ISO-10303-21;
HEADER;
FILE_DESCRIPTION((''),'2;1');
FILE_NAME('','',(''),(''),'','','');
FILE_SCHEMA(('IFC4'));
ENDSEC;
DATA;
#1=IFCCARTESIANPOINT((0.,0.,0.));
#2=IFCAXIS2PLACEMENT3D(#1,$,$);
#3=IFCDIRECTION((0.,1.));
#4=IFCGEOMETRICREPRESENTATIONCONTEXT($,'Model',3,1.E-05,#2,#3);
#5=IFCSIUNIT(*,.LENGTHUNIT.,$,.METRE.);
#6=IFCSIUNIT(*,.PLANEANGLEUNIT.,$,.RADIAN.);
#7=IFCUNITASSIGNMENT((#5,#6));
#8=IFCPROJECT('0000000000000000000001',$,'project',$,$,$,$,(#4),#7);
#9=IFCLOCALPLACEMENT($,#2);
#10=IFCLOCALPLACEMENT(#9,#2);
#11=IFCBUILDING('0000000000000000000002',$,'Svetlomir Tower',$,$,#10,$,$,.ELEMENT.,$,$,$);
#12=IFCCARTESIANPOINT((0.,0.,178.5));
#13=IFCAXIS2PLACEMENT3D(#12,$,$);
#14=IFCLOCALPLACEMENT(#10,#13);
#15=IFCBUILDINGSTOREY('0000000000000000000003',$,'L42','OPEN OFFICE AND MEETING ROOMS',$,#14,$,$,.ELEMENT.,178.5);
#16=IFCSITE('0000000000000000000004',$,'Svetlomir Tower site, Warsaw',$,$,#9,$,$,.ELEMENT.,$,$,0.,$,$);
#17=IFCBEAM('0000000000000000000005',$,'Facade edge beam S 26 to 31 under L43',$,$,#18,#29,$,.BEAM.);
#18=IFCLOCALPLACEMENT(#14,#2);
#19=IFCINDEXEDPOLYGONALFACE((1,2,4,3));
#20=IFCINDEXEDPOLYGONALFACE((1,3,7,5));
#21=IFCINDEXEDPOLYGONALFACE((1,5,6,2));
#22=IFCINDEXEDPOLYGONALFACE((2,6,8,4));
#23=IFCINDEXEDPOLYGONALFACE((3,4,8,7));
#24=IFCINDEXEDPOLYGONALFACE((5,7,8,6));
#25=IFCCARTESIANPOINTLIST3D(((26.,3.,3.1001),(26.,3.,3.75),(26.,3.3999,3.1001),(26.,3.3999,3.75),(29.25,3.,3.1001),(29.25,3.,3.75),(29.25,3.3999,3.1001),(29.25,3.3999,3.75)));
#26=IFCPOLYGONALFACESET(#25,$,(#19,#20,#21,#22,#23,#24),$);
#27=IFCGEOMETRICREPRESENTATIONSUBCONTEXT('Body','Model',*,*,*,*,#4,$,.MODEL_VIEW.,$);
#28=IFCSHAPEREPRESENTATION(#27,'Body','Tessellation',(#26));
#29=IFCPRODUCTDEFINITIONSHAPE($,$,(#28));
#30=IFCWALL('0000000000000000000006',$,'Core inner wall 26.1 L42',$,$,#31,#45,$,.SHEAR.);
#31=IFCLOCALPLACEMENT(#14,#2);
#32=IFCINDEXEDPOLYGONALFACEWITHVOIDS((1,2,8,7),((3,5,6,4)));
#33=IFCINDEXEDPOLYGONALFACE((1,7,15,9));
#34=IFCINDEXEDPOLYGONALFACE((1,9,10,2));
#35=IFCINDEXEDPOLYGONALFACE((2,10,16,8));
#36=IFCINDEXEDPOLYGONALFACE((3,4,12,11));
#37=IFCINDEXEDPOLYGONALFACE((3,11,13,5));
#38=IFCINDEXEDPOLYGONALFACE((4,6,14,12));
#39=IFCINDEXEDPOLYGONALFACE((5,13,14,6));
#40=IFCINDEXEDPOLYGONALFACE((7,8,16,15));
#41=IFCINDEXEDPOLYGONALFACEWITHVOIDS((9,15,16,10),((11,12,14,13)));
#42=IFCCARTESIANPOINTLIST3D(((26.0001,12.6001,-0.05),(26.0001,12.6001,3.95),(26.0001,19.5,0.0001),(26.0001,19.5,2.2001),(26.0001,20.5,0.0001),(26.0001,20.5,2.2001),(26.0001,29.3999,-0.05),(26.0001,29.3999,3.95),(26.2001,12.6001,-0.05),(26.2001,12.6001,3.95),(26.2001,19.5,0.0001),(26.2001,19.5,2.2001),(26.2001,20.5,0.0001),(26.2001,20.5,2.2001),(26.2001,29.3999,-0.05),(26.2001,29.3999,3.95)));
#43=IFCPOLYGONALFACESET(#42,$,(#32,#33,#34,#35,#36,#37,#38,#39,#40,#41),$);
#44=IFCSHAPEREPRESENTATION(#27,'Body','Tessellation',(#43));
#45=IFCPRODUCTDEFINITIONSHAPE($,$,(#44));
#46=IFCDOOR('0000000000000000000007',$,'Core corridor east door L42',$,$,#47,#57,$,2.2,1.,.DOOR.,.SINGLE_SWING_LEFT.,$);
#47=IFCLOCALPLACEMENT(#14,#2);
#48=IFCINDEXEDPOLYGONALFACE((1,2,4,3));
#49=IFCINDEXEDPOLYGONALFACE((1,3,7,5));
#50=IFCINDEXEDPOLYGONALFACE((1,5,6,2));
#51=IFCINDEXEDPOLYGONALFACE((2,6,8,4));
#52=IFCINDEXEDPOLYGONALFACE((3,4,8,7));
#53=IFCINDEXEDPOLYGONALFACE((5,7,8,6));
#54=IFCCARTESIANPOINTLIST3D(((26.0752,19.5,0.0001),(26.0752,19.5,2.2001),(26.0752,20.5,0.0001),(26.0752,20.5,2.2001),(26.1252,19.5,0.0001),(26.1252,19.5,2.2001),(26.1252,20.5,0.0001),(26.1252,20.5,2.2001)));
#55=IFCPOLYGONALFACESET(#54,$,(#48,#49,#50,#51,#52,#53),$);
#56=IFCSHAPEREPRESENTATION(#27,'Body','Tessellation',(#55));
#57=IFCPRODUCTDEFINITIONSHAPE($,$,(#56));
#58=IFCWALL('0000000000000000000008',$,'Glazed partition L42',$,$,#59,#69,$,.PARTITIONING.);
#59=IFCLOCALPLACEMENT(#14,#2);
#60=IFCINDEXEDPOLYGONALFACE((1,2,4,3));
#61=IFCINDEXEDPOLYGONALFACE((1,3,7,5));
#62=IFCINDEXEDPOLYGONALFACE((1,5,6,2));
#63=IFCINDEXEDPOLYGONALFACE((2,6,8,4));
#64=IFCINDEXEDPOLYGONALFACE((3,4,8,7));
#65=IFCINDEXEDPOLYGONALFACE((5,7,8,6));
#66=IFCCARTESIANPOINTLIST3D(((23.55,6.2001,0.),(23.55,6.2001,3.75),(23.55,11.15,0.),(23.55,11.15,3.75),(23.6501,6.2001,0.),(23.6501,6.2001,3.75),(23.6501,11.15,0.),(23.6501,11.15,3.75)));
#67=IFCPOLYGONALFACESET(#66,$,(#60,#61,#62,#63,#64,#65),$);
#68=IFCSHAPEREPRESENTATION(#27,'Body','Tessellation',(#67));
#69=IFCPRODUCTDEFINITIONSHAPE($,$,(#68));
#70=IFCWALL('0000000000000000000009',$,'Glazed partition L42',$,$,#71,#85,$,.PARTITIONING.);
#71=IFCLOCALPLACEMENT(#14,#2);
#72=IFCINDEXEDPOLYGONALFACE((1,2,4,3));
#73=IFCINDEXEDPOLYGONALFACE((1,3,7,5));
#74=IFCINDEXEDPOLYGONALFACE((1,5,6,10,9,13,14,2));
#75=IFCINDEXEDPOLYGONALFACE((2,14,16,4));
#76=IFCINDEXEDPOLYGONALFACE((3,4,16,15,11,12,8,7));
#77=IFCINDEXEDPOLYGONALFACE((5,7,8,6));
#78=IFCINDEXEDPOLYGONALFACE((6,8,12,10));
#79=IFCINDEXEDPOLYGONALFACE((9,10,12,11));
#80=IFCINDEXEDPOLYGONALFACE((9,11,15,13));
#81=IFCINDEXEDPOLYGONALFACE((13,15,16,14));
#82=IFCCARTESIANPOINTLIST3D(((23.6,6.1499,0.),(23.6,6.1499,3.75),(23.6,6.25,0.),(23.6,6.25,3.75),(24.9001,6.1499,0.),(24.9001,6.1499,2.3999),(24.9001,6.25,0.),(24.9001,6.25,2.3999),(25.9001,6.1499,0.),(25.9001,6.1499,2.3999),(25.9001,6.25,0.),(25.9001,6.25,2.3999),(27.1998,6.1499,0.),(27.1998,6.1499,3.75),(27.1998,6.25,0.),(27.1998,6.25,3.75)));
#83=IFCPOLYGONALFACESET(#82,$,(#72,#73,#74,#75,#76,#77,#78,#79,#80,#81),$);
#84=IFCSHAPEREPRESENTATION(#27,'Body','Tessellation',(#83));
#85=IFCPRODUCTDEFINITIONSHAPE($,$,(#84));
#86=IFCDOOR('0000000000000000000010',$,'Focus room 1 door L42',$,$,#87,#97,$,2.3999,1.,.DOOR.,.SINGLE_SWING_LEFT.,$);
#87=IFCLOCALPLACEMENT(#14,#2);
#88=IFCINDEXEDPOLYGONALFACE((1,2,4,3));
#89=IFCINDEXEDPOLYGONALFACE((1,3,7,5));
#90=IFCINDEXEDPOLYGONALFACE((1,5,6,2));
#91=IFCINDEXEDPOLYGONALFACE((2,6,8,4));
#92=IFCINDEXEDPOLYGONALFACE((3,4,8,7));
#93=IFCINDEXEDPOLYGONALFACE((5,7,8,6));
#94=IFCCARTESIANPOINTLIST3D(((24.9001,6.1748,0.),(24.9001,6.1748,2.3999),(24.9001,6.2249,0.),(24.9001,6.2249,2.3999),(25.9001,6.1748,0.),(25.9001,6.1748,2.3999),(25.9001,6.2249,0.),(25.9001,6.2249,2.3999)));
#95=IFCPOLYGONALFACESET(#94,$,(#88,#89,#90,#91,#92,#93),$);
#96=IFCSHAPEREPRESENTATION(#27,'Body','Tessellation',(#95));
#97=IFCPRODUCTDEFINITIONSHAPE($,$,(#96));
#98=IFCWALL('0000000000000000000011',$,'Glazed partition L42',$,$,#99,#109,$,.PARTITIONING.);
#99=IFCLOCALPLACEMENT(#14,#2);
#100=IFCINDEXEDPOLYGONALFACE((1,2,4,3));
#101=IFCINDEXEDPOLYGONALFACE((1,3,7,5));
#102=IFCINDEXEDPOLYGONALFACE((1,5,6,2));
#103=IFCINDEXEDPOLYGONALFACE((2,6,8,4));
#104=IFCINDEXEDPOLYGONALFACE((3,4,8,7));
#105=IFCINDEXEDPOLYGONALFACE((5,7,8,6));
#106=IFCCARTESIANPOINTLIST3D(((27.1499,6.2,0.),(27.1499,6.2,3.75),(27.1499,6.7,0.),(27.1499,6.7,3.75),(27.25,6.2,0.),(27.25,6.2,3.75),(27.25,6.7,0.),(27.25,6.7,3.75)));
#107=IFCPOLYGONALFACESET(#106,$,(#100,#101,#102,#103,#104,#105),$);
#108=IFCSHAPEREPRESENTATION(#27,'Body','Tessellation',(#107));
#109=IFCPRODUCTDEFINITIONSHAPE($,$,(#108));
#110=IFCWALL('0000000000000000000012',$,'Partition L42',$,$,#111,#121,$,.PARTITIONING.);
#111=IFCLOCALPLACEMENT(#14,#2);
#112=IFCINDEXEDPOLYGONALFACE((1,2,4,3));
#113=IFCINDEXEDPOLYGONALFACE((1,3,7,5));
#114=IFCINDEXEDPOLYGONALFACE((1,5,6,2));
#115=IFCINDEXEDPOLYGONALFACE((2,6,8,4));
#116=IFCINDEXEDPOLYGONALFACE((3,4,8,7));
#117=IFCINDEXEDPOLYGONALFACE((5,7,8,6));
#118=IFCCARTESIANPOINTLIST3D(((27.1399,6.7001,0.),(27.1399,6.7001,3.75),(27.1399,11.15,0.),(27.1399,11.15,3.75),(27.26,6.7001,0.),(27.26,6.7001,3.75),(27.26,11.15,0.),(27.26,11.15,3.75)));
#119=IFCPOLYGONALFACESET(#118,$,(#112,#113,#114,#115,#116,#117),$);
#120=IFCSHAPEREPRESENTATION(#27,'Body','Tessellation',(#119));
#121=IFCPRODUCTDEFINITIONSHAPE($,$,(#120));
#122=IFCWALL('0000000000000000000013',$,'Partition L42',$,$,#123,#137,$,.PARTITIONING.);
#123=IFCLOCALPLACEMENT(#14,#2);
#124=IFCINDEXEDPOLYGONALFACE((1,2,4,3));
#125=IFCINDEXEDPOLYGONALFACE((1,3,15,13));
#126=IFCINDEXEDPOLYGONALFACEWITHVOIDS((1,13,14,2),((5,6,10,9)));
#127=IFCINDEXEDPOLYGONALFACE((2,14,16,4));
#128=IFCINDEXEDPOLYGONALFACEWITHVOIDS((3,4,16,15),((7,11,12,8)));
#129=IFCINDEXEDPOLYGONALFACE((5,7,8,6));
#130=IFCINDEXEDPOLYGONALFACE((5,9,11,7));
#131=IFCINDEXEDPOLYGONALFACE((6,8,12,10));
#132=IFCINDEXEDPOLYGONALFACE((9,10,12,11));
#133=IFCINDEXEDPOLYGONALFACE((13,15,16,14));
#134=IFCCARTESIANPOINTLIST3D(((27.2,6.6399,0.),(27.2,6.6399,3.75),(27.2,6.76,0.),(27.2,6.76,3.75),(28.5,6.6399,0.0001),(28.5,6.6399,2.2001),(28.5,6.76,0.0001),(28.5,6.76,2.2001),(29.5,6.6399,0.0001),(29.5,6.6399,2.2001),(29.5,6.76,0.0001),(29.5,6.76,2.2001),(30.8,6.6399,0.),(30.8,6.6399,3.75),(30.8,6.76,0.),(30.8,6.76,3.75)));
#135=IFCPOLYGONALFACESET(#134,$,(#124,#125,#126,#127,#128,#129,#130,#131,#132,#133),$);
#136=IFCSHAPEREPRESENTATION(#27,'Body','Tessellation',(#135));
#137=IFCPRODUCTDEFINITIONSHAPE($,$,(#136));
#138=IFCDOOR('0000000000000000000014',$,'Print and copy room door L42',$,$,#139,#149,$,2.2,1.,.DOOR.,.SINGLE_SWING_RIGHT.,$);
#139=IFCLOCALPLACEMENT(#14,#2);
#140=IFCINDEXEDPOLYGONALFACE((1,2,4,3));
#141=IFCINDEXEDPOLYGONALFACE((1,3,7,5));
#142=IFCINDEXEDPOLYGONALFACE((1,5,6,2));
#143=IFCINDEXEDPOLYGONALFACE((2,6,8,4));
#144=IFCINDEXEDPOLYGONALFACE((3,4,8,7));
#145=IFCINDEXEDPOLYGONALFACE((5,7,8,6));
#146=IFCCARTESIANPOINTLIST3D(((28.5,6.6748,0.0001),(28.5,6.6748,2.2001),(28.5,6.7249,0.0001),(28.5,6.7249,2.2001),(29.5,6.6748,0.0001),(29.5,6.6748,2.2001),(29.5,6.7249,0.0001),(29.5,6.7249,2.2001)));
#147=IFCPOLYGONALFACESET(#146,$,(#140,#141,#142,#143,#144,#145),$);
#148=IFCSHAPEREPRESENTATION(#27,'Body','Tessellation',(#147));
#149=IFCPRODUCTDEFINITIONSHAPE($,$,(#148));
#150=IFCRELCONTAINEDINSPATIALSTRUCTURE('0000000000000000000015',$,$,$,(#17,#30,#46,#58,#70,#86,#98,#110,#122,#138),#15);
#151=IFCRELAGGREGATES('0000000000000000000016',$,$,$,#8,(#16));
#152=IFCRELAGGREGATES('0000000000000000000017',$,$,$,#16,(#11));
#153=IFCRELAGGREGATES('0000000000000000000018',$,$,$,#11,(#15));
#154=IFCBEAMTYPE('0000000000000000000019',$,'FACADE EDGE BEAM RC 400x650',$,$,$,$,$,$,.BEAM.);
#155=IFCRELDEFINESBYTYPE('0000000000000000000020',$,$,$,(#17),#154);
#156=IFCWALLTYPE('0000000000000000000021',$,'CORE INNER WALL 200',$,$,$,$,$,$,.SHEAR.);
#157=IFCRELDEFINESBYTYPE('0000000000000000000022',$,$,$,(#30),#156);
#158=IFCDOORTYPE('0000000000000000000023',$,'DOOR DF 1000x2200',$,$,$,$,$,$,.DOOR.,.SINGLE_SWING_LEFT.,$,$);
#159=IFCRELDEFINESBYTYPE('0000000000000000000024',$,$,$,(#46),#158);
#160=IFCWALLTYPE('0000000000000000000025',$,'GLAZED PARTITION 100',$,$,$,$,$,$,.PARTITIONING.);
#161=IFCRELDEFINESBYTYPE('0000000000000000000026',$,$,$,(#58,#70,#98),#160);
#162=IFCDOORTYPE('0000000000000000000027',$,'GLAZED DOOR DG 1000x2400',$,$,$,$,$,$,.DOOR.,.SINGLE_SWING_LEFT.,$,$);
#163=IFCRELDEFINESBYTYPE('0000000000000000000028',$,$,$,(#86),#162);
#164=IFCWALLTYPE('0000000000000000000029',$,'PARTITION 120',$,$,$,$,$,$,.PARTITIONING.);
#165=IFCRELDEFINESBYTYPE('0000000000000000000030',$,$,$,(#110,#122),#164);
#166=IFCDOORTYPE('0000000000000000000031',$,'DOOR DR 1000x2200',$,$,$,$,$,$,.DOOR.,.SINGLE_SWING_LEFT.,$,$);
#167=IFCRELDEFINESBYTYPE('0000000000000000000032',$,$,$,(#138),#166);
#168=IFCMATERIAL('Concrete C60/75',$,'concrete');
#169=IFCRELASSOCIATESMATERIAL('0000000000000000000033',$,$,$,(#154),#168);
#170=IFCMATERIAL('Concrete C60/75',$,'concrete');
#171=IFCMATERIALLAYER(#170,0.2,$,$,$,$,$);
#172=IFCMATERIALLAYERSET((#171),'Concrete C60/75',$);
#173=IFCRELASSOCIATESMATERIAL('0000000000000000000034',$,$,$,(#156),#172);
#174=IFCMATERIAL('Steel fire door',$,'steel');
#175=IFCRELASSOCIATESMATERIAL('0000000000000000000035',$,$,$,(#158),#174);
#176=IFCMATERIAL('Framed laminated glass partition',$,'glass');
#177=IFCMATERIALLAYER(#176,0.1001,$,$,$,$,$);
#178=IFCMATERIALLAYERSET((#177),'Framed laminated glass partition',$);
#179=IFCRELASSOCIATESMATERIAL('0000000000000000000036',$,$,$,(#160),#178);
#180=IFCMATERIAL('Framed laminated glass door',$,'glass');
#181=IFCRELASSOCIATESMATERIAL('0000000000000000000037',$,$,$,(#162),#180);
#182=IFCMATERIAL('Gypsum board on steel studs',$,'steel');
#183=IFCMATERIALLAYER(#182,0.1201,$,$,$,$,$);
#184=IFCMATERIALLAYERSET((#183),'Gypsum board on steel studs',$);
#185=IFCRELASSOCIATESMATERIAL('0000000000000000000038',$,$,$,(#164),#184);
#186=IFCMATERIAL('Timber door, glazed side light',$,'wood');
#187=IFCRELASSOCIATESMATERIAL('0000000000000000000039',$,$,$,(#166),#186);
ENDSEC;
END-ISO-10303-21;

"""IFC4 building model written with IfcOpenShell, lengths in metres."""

from ifc_helpers import new_model, si_unit, direction, frame, frame_2d, origin, origin_2d, place, context, subcontext, project, spatial, rectangle, extrude, material, layer, layer_set, material_profile, profile_set, type_object, element, fill, save


model = new_model("IFC4")

# Units and contexts
model_context = context("Model", 3, precision=1e-05, world=origin(), true_north=direction((0.0, 1.0)))
body_context = subcontext(model_context, "Body", "Model", "MODEL_VIEW")
ifc_project = project(units=[si_unit("LENGTHUNIT", "METRE"), si_unit("PLANEANGLEUNIT", "RADIAN")], contexts=[model_context])

# Site, building, storey
site_placement = place(None, origin())
site = spatial("IfcSite", under=ifc_project, at=site_placement, Name="Svetlomir Tower site, Warsaw", CompositionType="ELEMENT", RefElevation=0.0)
building_placement = place(site_placement, origin())
building = spatial("IfcBuilding", under=site, at=building_placement, Name="Svetlomir Tower", CompositionType="ELEMENT")
storey_placement = place(building_placement, frame((0.0, 0.0, 178.5)))
storey = spatial("IfcBuildingStorey", under=building, at=storey_placement, Name="L42", Description="OPEN OFFICE AND MEETING ROOMS", CompositionType="ELEMENT", Elevation=178.5)

# Beam
ifc_material_1 = material(Name="Concrete C60/75", Category="concrete")
ifc_material_profile = material_profile(ifc_material_1, rectangle(XDim=0.3999, YDim=0.6499, at=origin_2d()), Name="RC 400x650")
ifc_profile_set = profile_set([ifc_material_profile], Name="Concrete C60/75")
beam_type = type_object("IfcBeamType", Name="FACADE EDGE BEAM RC 400x650", PredefinedType="BEAM", material=ifc_profile_set)
beam_placement = place(storey_placement, frame((26.0, 3.2, 3.425), z_axis=(1.0, 0.0, 0.0), x_axis=(0.0, 1.0, 0.0)))
element("IfcBeam", 1, at=beam_placement, inside=storey, type_object=beam_type, Name="Facade edge beam S 26 to 31 under L43", PredefinedType="BEAM", context=body_context, shape_type="SweptSolid", body=[
    extrude(rectangle(XDim=0.3999, YDim=0.6499, at=origin_2d()), origin(), (0.0, 0.0, 1.0), 3.25),
])

# Wall, opening, door
ifc_material_2 = material(Name="Concrete C60/75", Category="concrete")
ifc_layer_1 = layer(ifc_material_2, 0.2)
ifc_layer_set_1 = layer_set([ifc_layer_1], Name="Concrete C60/75")
wall_type_1 = type_object("IfcWallType", Name="CORE INNER WALL 200", PredefinedType="SHEAR", material=ifc_layer_set_1)
wall_1_placement = place(storey_placement, frame((26.1001, 12.6001, -0.05), z_axis=(0.0, 0.0, 1.0), x_axis=(0.0, 1.0, 0.0)))
wall_1 = element("IfcWall", 2, at=wall_1_placement, inside=storey, type_object=wall_type_1, Name="Core inner wall 26.1 L42", PredefinedType="SHEAR", context=body_context, shape_type="SweptSolid", body=[
    extrude(rectangle(XDim=16.7998, YDim=0.2, at=frame_2d((8.3999, 0.0))), origin(), (0.0, 0.0, 1.0), 4.0),
])
opening_1_placement = place(wall_1_placement, frame((6.8999, 0.0, 0.05)))
opening_1 = element("IfcOpeningElement", 3, at=opening_1_placement, cuts=wall_1, PredefinedType="OPENING", context=body_context, shape_type="SweptSolid", body=[
    extrude(rectangle(XDim=1.0, YDim=2.2, at=frame_2d((0.5, 1.1001))), frame((0.0, 0.1099, 0.0), z_axis=(0.0, -1.0, 0.0), x_axis=(1.0, 0.0, 0.0)), (0.0, 0.0, 1.0), 0.22),
])
ifc_material_3 = material(Name="Steel fire door", Category="steel")
door_type_1 = type_object("IfcDoorType", Name="DOOR DF 1000x2200", OperationType="SINGLE_SWING_LEFT", PredefinedType="DOOR", material=ifc_material_3)
door_1_placement = place(opening_1_placement, origin())
door_1 = element("IfcDoor", 4, at=door_1_placement, inside=storey, type_object=door_type_1, Name="Core corridor east door L42", OperationType="SINGLE_SWING_LEFT", OverallHeight=2.2, OverallWidth=1.0, PredefinedType="DOOR", context=body_context, shape_type="SweptSolid", body=[
    extrude(rectangle(XDim=1.0, YDim=2.2, at=frame_2d((0.5, 1.1001))), frame((0.0, 0.0249, 0.0), z_axis=(0.0, -1.0, 0.0), x_axis=(1.0, 0.0, 0.0)), (0.0, 0.0, 1.0), 0.05),
])
fill(opening_1, door_1)

# Wall
ifc_material_4 = material(Name="Framed laminated glass partition", Category="glass")
ifc_layer_2 = layer(ifc_material_4, 0.1001)
ifc_layer_set_2 = layer_set([ifc_layer_2], Name="Framed laminated glass partition")
wall_type_2 = type_object("IfcWallType", Name="GLAZED PARTITION 100", PredefinedType="PARTITIONING", material=ifc_layer_set_2)
wall_2_placement = place(storey_placement, frame((23.6001, 6.2, 0.0), z_axis=(0.0, 0.0, 1.0), x_axis=(0.0, 1.0, 0.0)))
element("IfcWall", 5, at=wall_2_placement, inside=storey, type_object=wall_type_2, Name="Glazed partition L42", PredefinedType="PARTITIONING", context=body_context, shape_type="SweptSolid", body=[
    extrude(rectangle(XDim=4.95, YDim=0.1001, at=frame_2d((2.4751, 0.0))), origin(), (0.0, 0.0, 1.0), 3.75),
])

# Wall, opening, door
wall_3_placement = place(storey_placement, frame((23.6001, 6.2, 0.0), z_axis=(0.0, 0.0, 1.0), x_axis=(1.0, 0.0, 0.0)))
wall_3 = element("IfcWall", 6, at=wall_3_placement, inside=storey, type_object=wall_type_2, Name="Glazed partition L42", PredefinedType="PARTITIONING", context=body_context, shape_type="SweptSolid", body=[
    extrude(rectangle(XDim=3.5999, YDim=0.1001, at=frame_2d((1.7998, 0.0))), origin(), (0.0, 0.0, 1.0), 3.75),
])
opening_2_placement = place(wall_3_placement, frame((1.3, 0.0, 0.0)))
opening_2 = element("IfcOpeningElement", 7, at=opening_2_placement, cuts=wall_3, PredefinedType="OPENING", context=body_context, shape_type="SweptSolid", body=[
    extrude(rectangle(XDim=1.0, YDim=2.3999, at=frame_2d((0.5, 1.2))), frame((0.0, 0.0601, 0.0), z_axis=(0.0, -1.0, 0.0), x_axis=(1.0, 0.0, 0.0)), (0.0, 0.0, 1.0), 0.1201),
])
ifc_material_5 = material(Name="Framed laminated glass door", Category="glass")
door_type_2 = type_object("IfcDoorType", Name="GLAZED DOOR DG 1000x2400", OperationType="SINGLE_SWING_LEFT", PredefinedType="DOOR", material=ifc_material_5)
door_2_placement = place(opening_2_placement, origin())
door_2 = element("IfcDoor", 8, at=door_2_placement, inside=storey, type_object=door_type_2, Name="Focus room 1 door L42", OperationType="SINGLE_SWING_LEFT", OverallHeight=2.3999, OverallWidth=1.0, PredefinedType="DOOR", context=body_context, shape_type="SweptSolid", body=[
    extrude(rectangle(XDim=1.0, YDim=2.3999, at=frame_2d((0.5, 1.2))), frame((0.0, 0.0249, 0.0), z_axis=(0.0, -1.0, 0.0), x_axis=(1.0, 0.0, 0.0)), (0.0, 0.0, 1.0), 0.05),
])
fill(opening_2, door_2)

# Walls
wall_4_placement = place(storey_placement, frame((27.2, 6.2, 0.0), z_axis=(0.0, 0.0, 1.0), x_axis=(0.0, 1.0, 0.0)))
element("IfcWall", 9, at=wall_4_placement, inside=storey, type_object=wall_type_2, Name="Glazed partition L42", PredefinedType="PARTITIONING", context=body_context, shape_type="SweptSolid", body=[
    extrude(rectangle(XDim=0.5, YDim=0.1001, at=frame_2d((0.25, 0.0))), origin(), (0.0, 0.0, 1.0), 3.75),
])
ifc_material_6 = material(Name="Gypsum board on steel studs", Category="steel")
ifc_layer_3 = layer(ifc_material_6, 0.1201)
ifc_layer_set_3 = layer_set([ifc_layer_3], Name="Gypsum board on steel studs")
wall_type_3 = type_object("IfcWallType", Name="PARTITION 120", PredefinedType="PARTITIONING", material=ifc_layer_set_3)
wall_5_placement = place(storey_placement, frame((27.2, 6.7, 0.0), z_axis=(0.0, 0.0, 1.0), x_axis=(0.0, 1.0, 0.0)))
element("IfcWall", 10, at=wall_5_placement, inside=storey, type_object=wall_type_3, Name="Partition L42", PredefinedType="PARTITIONING", context=body_context, shape_type="SweptSolid", body=[
    extrude(rectangle(XDim=4.45, YDim=0.1201, at=frame_2d((2.2251, 0.0))), origin(), (0.0, 0.0, 1.0), 3.75),
])

# Wall, opening, door
wall_6_placement = place(storey_placement, frame((27.2, 6.7, 0.0), z_axis=(0.0, 0.0, 1.0), x_axis=(1.0, 0.0, 0.0)))
wall_6 = element("IfcWall", 11, at=wall_6_placement, inside=storey, type_object=wall_type_3, Name="Partition L42", PredefinedType="PARTITIONING", context=body_context, shape_type="SweptSolid", body=[
    extrude(rectangle(XDim=3.6001, YDim=0.1201, at=frame_2d((1.8, 0.0))), origin(), (0.0, 0.0, 1.0), 3.75),
])
opening_3_placement = place(wall_6_placement, frame((1.3, 0.0, 0.0)))
opening_3 = element("IfcOpeningElement", 12, at=opening_3_placement, cuts=wall_6, PredefinedType="OPENING", context=body_context, shape_type="SweptSolid", body=[
    extrude(rectangle(XDim=1.0, YDim=2.2, at=frame_2d((0.5, 1.1001))), frame((0.0, 0.0701, 0.0), z_axis=(0.0, -1.0, 0.0), x_axis=(1.0, 0.0, 0.0)), (0.0, 0.0, 1.0), 0.1401),
])
ifc_material_7 = material(Name="Timber door, glazed side light", Category="wood")
door_type_3 = type_object("IfcDoorType", Name="DOOR DR 1000x2200", OperationType="SINGLE_SWING_LEFT", PredefinedType="DOOR", material=ifc_material_7)
door_3_placement = place(opening_3_placement, origin())
door_3 = element("IfcDoor", 13, at=door_3_placement, inside=storey, type_object=door_type_3, Name="Print and copy room door L42", OperationType="SINGLE_SWING_RIGHT", OverallHeight=2.2, OverallWidth=1.0, PredefinedType="DOOR", context=body_context, shape_type="SweptSolid", body=[
    extrude(rectangle(XDim=1.0, YDim=2.2, at=frame_2d((0.5, 1.1001))), frame((0.0, 0.0249, 0.0), z_axis=(0.0, -1.0, 0.0), x_axis=(1.0, 0.0, 0.0)), (0.0, 0.0, 1.0), 0.05),
])
fill(opening_3, door_3)

save(model, "model.ifc")
